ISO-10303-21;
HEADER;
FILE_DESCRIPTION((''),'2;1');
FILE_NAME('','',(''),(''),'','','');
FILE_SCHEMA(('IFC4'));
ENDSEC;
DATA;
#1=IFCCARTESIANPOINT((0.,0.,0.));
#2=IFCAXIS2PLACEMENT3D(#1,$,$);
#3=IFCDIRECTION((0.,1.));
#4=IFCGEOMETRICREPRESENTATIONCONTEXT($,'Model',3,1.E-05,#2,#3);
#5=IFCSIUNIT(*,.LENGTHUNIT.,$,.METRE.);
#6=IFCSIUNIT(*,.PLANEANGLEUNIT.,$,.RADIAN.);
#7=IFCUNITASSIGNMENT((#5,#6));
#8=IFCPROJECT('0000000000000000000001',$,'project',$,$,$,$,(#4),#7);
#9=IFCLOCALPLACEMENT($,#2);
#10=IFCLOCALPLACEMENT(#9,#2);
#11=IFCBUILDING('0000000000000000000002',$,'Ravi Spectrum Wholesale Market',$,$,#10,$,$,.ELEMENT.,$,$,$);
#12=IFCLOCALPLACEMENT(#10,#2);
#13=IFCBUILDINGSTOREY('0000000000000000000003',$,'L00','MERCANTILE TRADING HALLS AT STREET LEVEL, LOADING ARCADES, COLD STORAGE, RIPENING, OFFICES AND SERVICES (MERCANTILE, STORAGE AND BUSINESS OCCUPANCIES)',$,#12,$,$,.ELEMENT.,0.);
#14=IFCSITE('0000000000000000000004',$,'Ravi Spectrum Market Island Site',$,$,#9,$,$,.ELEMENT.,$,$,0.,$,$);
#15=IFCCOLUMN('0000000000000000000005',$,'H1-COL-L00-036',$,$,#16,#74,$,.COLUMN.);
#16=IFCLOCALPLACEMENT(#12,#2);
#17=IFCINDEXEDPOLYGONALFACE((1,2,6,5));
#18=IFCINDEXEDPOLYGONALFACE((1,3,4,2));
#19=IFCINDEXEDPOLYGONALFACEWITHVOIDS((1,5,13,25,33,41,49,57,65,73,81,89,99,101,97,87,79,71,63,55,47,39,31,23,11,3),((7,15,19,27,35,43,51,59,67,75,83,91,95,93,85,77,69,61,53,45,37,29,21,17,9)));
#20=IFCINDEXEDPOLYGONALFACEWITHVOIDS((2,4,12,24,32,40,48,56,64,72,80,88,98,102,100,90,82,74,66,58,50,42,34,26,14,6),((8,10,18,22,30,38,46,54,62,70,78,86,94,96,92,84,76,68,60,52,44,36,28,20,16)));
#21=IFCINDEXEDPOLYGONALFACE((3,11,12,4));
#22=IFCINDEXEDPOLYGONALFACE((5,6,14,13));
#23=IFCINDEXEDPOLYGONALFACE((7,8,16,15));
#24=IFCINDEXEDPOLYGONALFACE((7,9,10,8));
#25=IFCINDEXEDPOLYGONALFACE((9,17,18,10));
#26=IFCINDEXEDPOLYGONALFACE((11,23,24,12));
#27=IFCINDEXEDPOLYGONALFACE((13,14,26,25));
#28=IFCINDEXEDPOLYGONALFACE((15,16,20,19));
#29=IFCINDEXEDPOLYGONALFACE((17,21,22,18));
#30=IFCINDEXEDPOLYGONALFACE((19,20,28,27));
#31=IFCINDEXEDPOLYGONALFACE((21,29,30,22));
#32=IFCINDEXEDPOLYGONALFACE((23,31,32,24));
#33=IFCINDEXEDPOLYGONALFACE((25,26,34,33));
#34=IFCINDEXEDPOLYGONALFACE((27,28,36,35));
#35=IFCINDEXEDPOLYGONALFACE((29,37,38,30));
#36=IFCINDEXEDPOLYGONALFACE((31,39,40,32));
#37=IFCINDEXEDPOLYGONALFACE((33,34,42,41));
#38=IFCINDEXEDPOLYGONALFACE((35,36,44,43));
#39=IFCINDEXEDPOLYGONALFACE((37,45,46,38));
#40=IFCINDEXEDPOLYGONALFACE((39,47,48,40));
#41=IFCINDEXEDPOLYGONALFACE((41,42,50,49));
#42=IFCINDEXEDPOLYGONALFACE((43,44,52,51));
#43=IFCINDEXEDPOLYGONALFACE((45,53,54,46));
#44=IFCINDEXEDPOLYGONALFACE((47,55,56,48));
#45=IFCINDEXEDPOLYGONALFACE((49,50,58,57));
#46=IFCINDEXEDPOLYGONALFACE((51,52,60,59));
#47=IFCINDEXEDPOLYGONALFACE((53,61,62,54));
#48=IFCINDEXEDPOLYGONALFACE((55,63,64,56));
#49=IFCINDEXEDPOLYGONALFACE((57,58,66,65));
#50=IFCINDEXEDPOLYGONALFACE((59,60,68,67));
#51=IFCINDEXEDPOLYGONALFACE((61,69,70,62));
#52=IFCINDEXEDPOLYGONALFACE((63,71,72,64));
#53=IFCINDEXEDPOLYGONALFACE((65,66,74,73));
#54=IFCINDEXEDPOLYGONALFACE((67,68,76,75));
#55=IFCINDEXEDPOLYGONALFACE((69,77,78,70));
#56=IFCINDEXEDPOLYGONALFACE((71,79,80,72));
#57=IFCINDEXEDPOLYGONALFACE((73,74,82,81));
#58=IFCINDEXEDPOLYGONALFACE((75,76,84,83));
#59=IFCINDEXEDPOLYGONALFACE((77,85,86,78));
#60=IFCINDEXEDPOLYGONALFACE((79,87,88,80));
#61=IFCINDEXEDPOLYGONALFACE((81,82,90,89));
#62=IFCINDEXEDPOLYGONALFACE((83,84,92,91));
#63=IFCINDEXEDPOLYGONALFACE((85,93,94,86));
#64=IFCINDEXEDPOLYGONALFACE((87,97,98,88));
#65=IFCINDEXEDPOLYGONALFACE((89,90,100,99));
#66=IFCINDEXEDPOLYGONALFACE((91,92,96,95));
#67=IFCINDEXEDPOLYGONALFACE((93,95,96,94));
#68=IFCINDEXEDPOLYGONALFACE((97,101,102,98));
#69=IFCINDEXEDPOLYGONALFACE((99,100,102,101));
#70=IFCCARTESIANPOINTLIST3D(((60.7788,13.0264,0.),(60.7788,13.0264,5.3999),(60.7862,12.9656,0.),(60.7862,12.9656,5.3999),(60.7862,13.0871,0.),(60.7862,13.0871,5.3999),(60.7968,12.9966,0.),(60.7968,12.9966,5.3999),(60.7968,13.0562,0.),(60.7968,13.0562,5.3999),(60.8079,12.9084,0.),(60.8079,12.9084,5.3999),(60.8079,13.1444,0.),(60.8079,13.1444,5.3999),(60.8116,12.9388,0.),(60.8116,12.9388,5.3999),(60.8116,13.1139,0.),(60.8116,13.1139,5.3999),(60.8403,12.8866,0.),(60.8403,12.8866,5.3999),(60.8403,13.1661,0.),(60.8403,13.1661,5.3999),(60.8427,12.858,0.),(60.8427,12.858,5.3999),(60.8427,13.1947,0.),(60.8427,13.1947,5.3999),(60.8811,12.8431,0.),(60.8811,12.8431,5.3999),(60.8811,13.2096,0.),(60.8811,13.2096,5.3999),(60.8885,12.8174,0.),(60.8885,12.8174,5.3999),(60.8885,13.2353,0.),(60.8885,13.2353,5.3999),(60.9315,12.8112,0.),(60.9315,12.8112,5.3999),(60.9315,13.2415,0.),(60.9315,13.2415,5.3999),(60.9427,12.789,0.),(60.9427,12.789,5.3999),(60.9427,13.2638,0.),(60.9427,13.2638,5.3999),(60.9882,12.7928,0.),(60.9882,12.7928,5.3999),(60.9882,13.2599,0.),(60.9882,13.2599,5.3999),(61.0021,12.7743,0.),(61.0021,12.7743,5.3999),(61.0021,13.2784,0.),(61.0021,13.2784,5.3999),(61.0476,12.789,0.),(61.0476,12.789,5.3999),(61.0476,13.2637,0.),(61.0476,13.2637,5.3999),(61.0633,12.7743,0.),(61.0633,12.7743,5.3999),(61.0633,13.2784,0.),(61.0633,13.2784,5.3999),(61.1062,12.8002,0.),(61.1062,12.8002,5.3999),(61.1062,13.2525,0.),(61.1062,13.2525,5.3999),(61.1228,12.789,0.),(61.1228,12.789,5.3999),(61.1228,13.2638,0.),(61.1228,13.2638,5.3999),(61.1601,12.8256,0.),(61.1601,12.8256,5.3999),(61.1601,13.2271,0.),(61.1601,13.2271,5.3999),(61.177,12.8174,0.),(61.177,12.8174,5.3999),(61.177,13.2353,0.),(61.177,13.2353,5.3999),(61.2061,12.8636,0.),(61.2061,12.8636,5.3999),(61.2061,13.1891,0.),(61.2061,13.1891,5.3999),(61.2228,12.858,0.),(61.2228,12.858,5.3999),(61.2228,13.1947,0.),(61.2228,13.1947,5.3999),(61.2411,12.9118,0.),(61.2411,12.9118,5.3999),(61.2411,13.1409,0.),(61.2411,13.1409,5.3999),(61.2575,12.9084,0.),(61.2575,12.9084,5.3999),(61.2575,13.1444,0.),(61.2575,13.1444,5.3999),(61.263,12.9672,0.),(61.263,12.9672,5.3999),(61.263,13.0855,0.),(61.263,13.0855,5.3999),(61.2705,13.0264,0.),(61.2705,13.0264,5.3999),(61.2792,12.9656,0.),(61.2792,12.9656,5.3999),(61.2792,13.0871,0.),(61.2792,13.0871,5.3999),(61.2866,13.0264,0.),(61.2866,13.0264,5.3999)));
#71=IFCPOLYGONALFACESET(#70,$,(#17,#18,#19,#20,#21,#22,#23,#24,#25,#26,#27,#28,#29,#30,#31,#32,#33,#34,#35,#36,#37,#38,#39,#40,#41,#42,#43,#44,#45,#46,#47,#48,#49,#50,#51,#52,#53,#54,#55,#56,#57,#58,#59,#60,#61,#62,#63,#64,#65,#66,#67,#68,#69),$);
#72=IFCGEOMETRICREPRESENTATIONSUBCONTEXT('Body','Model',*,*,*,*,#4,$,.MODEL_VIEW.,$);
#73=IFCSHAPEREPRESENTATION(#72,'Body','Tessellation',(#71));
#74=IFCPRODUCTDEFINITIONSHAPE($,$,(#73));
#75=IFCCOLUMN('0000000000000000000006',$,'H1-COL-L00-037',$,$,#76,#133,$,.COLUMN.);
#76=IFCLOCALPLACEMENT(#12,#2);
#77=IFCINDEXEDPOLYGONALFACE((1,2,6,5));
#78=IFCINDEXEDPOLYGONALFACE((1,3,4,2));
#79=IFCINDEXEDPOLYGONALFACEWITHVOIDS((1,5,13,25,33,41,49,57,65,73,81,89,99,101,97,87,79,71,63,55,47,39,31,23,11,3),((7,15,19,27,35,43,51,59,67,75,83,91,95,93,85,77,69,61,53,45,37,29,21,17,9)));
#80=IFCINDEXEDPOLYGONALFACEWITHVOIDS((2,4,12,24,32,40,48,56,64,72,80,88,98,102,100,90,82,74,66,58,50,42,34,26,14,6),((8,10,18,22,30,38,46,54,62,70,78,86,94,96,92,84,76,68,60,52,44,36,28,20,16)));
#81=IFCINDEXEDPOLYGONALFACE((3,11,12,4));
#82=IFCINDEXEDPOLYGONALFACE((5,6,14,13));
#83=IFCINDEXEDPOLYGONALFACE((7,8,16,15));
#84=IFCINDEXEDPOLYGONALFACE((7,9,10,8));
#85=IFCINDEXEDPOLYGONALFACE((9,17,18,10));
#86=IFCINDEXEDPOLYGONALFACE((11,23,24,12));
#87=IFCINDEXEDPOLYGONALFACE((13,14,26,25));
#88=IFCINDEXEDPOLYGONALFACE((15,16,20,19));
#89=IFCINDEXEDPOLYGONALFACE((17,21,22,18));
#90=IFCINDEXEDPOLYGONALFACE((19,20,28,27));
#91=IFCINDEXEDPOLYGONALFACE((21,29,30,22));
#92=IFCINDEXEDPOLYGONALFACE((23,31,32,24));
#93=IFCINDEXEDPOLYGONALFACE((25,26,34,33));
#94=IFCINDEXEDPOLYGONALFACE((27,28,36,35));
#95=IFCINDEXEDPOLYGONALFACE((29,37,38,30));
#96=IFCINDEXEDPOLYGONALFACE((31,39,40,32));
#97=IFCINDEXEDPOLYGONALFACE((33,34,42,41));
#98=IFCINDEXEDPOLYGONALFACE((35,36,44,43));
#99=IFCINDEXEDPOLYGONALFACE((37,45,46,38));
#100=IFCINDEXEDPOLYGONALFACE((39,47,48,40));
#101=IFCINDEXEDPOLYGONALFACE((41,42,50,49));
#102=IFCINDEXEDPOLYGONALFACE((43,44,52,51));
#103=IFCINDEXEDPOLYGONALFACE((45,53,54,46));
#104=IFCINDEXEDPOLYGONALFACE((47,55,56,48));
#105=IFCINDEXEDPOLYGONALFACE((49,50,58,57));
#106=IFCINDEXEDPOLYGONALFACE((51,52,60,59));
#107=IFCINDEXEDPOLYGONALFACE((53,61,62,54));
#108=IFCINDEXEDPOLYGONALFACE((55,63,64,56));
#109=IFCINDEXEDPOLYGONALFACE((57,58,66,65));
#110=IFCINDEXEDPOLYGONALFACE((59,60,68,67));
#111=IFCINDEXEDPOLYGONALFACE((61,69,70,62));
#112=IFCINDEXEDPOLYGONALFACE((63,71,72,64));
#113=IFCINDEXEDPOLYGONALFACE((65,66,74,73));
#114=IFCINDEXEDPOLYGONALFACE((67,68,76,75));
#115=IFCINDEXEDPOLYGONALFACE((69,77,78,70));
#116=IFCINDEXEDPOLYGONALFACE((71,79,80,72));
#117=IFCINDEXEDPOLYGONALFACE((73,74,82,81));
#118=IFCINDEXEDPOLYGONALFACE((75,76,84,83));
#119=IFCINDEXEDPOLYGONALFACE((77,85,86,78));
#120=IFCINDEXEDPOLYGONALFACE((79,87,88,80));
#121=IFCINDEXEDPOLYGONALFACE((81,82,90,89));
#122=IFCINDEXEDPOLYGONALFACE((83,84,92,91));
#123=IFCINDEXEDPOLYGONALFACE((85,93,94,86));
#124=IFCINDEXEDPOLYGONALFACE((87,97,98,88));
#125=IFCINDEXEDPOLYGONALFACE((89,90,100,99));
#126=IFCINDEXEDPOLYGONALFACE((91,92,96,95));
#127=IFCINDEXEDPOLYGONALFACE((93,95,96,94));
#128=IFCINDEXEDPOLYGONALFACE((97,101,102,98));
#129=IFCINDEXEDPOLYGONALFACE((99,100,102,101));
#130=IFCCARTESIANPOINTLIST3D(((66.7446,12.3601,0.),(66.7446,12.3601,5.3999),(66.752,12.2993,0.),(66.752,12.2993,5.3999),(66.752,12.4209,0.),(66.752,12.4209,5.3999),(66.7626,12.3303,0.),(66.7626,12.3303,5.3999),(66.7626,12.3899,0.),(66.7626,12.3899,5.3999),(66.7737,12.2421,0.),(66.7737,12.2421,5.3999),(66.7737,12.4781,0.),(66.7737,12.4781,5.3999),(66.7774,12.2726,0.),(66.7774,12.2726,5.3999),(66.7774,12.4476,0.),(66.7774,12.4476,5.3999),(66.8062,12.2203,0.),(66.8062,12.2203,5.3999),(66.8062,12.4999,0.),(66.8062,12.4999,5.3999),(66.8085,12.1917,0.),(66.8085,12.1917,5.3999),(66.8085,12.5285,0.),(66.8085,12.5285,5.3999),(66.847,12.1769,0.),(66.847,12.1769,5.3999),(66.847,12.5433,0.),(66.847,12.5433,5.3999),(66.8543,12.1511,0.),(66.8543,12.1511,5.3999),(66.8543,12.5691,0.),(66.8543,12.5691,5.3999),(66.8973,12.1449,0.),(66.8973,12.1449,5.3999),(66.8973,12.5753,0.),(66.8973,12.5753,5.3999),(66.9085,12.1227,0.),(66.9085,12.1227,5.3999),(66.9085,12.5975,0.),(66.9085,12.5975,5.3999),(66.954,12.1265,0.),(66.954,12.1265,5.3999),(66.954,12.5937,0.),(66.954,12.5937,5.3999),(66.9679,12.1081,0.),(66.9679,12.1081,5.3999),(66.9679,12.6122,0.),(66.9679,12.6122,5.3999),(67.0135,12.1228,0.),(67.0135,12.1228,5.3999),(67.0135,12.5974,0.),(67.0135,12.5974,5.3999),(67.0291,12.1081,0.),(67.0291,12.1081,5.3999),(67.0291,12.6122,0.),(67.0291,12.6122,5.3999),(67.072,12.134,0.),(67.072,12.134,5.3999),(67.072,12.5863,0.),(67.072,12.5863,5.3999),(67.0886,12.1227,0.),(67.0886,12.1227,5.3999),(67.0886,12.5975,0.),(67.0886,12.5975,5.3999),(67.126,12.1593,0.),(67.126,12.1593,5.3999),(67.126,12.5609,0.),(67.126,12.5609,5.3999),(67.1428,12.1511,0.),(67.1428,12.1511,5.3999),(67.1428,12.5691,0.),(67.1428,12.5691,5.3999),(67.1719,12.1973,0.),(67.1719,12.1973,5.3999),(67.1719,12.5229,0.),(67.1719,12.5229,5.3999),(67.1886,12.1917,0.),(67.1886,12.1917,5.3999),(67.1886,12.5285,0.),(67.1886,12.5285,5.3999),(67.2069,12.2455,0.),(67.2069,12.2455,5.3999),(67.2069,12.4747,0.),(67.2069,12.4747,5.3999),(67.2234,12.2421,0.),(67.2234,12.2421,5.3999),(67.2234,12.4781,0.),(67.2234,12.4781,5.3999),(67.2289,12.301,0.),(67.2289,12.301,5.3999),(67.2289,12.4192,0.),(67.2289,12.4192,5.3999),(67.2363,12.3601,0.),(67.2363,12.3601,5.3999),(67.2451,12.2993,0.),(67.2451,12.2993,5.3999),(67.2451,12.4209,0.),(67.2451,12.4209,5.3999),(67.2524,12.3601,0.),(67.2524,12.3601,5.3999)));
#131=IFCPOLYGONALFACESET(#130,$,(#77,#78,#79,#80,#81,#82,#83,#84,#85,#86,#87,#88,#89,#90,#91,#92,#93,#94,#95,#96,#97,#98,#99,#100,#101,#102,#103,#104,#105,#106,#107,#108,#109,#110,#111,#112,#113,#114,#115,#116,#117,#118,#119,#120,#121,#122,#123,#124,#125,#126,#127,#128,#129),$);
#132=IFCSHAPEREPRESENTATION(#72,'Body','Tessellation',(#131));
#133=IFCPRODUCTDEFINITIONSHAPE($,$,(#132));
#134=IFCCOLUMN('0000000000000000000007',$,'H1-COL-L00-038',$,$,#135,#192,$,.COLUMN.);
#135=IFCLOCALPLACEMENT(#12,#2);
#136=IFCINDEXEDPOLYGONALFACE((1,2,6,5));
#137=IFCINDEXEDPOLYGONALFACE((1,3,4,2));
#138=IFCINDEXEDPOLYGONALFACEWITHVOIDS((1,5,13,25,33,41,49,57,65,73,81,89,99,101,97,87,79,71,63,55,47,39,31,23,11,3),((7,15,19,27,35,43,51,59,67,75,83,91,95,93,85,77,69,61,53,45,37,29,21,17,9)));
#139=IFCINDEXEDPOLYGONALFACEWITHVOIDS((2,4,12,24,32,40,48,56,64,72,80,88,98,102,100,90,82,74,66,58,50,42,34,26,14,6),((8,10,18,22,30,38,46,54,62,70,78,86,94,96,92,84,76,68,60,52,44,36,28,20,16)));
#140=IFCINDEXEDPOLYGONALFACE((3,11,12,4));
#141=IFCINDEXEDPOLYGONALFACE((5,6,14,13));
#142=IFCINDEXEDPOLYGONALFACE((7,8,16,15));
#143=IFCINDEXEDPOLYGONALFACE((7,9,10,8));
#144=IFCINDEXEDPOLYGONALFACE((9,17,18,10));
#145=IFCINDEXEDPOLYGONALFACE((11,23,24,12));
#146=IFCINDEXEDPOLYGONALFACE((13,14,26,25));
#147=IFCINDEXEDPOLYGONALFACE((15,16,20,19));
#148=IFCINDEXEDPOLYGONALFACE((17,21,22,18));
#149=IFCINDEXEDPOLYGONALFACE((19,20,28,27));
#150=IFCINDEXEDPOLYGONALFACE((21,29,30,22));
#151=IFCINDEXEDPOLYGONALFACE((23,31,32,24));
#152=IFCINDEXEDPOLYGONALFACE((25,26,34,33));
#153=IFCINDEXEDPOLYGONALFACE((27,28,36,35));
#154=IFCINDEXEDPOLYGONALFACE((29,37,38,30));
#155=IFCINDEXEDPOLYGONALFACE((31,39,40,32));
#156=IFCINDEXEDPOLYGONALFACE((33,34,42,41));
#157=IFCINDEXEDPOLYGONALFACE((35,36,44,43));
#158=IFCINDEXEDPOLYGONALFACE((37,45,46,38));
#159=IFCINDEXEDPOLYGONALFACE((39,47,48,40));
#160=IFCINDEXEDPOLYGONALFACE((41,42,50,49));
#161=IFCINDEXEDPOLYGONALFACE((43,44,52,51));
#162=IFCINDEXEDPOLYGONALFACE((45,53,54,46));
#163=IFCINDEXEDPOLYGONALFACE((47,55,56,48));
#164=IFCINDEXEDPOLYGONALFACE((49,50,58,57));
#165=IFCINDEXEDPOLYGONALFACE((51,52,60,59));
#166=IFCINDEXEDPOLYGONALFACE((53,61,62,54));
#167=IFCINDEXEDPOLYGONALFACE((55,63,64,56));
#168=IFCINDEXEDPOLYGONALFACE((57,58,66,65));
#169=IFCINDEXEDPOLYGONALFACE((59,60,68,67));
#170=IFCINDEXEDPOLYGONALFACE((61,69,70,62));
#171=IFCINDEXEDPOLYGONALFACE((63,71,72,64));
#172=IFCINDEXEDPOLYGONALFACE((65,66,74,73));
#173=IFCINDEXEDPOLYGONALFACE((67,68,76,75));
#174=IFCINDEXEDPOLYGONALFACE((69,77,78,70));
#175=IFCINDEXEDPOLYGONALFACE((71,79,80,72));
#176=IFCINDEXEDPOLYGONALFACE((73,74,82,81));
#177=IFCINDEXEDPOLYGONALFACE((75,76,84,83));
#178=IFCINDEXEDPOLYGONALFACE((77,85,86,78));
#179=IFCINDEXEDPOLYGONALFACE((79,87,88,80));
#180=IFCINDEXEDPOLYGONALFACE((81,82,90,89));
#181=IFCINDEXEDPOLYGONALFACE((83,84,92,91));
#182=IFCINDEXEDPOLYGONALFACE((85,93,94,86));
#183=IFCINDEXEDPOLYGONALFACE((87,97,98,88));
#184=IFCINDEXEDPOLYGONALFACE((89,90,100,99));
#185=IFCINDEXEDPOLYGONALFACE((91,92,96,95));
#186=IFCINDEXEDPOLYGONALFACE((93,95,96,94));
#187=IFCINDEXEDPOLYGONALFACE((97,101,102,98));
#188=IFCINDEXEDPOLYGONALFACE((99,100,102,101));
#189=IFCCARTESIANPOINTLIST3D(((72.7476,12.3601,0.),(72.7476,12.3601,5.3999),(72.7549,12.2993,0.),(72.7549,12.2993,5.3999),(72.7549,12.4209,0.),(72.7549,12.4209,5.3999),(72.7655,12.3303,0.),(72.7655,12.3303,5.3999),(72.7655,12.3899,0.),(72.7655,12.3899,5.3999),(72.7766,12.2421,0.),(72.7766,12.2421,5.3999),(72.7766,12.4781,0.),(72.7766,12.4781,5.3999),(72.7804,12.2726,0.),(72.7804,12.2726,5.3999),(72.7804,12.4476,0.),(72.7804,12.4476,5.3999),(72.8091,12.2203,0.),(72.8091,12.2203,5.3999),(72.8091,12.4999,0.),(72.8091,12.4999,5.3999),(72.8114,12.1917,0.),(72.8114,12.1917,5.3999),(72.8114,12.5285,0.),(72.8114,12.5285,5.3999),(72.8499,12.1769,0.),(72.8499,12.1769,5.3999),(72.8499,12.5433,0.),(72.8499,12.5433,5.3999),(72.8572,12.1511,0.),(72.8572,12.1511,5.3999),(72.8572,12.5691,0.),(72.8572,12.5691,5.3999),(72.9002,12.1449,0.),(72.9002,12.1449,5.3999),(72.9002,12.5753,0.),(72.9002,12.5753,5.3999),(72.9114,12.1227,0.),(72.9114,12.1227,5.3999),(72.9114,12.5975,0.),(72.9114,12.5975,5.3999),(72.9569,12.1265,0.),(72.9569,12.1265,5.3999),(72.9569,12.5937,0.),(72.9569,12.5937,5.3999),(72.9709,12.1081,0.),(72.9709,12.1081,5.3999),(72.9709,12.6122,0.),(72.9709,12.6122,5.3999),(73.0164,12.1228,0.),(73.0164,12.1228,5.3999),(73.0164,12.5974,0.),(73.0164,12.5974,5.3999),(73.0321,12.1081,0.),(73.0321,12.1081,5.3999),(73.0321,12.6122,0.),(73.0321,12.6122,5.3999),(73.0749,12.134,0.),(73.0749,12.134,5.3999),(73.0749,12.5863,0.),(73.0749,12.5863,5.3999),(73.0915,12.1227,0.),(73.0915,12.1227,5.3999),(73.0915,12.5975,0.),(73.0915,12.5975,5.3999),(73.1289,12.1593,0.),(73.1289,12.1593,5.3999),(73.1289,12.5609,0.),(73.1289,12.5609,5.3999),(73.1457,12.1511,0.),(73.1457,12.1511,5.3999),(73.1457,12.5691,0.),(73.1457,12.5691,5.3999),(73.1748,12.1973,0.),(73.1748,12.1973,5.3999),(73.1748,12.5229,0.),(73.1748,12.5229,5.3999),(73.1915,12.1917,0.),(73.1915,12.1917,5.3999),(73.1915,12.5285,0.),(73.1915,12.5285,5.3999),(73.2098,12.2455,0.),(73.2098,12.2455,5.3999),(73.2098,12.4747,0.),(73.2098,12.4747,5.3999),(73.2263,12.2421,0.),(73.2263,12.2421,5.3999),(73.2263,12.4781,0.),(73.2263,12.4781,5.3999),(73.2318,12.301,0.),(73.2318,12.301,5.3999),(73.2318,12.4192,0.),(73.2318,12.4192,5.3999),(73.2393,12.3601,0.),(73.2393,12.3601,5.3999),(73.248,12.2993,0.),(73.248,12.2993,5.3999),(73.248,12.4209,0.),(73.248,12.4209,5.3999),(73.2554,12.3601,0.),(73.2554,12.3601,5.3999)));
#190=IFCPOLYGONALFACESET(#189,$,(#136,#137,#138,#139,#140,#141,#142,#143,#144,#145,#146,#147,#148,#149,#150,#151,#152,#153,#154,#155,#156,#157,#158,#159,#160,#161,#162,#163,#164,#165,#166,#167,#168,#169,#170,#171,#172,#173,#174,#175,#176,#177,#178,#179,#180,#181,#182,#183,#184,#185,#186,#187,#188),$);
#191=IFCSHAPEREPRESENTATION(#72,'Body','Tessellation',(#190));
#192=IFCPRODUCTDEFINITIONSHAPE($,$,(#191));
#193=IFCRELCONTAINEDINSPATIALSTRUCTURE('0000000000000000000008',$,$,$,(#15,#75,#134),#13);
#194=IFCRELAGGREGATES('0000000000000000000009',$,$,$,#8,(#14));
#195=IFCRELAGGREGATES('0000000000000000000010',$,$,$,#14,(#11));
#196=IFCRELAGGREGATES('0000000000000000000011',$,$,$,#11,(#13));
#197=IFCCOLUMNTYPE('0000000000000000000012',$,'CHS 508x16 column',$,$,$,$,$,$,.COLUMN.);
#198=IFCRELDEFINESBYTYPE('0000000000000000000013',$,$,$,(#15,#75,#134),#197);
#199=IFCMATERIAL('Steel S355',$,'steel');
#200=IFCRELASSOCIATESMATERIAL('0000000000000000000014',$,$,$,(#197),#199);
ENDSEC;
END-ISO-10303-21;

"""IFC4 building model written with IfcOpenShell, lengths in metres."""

from ifc_helpers import new_model, si_unit, direction, frame, origin, origin_2d, place, context, subcontext, project, spatial, hollow_circle, extrude, material, material_profile, profile_set, type_object, element, save


model = new_model("IFC4")

# Units and contexts
model_context = context("Model", 3, precision=1e-05, world=origin(), true_north=direction((0.0, 1.0)))
body_context = subcontext(model_context, "Body", "Model", "MODEL_VIEW")
ifc_project = project(units=[si_unit("LENGTHUNIT", "METRE"), si_unit("PLANEANGLEUNIT", "RADIAN")], contexts=[model_context])

# Site, building, storey
site_placement = place(None, origin())
site = spatial("IfcSite", under=ifc_project, at=site_placement, Name="Ravi Spectrum Market Island Site", CompositionType="ELEMENT", RefElevation=0.0)
building_placement = place(site_placement, origin())
building = spatial("IfcBuilding", under=site, at=building_placement, Name="Ravi Spectrum Wholesale Market", CompositionType="ELEMENT")
storey_placement = place(building_placement, origin())
storey = spatial("IfcBuildingStorey", under=building, at=storey_placement, Name="L00", Description="MERCANTILE TRADING HALLS AT STREET LEVEL, LOADING ARCADES, COLD STORAGE, RIPENING, OFFICES AND SERVICES (MERCANTILE, STORAGE AND BUSINESS OCCUPANCIES)", CompositionType="ELEMENT", Elevation=0.0)

# Columns
ifc_material_1 = material(Name="Steel S355", Category="steel")
ifc_material_profile = material_profile(ifc_material_1, hollow_circle(Radius=0.2539, WallThickness=0.0161, at=origin_2d()))
ifc_profile_set = profile_set([ifc_material_profile], Name="Steel S355")
column_type = type_object("IfcColumnType", Name="CHS 508x16 column", PredefinedType="COLUMN", material=ifc_profile_set)
for number, where, z_axis, x_axis, name in (
    (1, (61.0327, 13.0264, 0.0), (0.0, 0.0, 1.0), (1.0, 0.0, 0.0), "H1-COL-L00-036"),
    (2, (66.9985, 12.3601, 0.0), (0.0, 0.0, 1.0), (1.0, 0.0, 0.0), "H1-COL-L00-037"),
    (3, (73.0015, 12.3601, 0.0), (0.0, 0.0, 1.0), (1.0, 0.0, 0.0), "H1-COL-L00-038"),
):
    element("IfcColumn", number, at=place(storey_placement, frame(where, z_axis=z_axis, x_axis=x_axis)), inside=storey, type_object=column_type, Name=name, PredefinedType="COLUMN", context=body_context, shape_type="SweptSolid", body=[
        extrude(hollow_circle(Radius=0.2539, WallThickness=0.0161, at=origin_2d()), origin(), (0.0, 0.0, 1.0), 5.3999),
    ])

save(model, "model.ifc")
